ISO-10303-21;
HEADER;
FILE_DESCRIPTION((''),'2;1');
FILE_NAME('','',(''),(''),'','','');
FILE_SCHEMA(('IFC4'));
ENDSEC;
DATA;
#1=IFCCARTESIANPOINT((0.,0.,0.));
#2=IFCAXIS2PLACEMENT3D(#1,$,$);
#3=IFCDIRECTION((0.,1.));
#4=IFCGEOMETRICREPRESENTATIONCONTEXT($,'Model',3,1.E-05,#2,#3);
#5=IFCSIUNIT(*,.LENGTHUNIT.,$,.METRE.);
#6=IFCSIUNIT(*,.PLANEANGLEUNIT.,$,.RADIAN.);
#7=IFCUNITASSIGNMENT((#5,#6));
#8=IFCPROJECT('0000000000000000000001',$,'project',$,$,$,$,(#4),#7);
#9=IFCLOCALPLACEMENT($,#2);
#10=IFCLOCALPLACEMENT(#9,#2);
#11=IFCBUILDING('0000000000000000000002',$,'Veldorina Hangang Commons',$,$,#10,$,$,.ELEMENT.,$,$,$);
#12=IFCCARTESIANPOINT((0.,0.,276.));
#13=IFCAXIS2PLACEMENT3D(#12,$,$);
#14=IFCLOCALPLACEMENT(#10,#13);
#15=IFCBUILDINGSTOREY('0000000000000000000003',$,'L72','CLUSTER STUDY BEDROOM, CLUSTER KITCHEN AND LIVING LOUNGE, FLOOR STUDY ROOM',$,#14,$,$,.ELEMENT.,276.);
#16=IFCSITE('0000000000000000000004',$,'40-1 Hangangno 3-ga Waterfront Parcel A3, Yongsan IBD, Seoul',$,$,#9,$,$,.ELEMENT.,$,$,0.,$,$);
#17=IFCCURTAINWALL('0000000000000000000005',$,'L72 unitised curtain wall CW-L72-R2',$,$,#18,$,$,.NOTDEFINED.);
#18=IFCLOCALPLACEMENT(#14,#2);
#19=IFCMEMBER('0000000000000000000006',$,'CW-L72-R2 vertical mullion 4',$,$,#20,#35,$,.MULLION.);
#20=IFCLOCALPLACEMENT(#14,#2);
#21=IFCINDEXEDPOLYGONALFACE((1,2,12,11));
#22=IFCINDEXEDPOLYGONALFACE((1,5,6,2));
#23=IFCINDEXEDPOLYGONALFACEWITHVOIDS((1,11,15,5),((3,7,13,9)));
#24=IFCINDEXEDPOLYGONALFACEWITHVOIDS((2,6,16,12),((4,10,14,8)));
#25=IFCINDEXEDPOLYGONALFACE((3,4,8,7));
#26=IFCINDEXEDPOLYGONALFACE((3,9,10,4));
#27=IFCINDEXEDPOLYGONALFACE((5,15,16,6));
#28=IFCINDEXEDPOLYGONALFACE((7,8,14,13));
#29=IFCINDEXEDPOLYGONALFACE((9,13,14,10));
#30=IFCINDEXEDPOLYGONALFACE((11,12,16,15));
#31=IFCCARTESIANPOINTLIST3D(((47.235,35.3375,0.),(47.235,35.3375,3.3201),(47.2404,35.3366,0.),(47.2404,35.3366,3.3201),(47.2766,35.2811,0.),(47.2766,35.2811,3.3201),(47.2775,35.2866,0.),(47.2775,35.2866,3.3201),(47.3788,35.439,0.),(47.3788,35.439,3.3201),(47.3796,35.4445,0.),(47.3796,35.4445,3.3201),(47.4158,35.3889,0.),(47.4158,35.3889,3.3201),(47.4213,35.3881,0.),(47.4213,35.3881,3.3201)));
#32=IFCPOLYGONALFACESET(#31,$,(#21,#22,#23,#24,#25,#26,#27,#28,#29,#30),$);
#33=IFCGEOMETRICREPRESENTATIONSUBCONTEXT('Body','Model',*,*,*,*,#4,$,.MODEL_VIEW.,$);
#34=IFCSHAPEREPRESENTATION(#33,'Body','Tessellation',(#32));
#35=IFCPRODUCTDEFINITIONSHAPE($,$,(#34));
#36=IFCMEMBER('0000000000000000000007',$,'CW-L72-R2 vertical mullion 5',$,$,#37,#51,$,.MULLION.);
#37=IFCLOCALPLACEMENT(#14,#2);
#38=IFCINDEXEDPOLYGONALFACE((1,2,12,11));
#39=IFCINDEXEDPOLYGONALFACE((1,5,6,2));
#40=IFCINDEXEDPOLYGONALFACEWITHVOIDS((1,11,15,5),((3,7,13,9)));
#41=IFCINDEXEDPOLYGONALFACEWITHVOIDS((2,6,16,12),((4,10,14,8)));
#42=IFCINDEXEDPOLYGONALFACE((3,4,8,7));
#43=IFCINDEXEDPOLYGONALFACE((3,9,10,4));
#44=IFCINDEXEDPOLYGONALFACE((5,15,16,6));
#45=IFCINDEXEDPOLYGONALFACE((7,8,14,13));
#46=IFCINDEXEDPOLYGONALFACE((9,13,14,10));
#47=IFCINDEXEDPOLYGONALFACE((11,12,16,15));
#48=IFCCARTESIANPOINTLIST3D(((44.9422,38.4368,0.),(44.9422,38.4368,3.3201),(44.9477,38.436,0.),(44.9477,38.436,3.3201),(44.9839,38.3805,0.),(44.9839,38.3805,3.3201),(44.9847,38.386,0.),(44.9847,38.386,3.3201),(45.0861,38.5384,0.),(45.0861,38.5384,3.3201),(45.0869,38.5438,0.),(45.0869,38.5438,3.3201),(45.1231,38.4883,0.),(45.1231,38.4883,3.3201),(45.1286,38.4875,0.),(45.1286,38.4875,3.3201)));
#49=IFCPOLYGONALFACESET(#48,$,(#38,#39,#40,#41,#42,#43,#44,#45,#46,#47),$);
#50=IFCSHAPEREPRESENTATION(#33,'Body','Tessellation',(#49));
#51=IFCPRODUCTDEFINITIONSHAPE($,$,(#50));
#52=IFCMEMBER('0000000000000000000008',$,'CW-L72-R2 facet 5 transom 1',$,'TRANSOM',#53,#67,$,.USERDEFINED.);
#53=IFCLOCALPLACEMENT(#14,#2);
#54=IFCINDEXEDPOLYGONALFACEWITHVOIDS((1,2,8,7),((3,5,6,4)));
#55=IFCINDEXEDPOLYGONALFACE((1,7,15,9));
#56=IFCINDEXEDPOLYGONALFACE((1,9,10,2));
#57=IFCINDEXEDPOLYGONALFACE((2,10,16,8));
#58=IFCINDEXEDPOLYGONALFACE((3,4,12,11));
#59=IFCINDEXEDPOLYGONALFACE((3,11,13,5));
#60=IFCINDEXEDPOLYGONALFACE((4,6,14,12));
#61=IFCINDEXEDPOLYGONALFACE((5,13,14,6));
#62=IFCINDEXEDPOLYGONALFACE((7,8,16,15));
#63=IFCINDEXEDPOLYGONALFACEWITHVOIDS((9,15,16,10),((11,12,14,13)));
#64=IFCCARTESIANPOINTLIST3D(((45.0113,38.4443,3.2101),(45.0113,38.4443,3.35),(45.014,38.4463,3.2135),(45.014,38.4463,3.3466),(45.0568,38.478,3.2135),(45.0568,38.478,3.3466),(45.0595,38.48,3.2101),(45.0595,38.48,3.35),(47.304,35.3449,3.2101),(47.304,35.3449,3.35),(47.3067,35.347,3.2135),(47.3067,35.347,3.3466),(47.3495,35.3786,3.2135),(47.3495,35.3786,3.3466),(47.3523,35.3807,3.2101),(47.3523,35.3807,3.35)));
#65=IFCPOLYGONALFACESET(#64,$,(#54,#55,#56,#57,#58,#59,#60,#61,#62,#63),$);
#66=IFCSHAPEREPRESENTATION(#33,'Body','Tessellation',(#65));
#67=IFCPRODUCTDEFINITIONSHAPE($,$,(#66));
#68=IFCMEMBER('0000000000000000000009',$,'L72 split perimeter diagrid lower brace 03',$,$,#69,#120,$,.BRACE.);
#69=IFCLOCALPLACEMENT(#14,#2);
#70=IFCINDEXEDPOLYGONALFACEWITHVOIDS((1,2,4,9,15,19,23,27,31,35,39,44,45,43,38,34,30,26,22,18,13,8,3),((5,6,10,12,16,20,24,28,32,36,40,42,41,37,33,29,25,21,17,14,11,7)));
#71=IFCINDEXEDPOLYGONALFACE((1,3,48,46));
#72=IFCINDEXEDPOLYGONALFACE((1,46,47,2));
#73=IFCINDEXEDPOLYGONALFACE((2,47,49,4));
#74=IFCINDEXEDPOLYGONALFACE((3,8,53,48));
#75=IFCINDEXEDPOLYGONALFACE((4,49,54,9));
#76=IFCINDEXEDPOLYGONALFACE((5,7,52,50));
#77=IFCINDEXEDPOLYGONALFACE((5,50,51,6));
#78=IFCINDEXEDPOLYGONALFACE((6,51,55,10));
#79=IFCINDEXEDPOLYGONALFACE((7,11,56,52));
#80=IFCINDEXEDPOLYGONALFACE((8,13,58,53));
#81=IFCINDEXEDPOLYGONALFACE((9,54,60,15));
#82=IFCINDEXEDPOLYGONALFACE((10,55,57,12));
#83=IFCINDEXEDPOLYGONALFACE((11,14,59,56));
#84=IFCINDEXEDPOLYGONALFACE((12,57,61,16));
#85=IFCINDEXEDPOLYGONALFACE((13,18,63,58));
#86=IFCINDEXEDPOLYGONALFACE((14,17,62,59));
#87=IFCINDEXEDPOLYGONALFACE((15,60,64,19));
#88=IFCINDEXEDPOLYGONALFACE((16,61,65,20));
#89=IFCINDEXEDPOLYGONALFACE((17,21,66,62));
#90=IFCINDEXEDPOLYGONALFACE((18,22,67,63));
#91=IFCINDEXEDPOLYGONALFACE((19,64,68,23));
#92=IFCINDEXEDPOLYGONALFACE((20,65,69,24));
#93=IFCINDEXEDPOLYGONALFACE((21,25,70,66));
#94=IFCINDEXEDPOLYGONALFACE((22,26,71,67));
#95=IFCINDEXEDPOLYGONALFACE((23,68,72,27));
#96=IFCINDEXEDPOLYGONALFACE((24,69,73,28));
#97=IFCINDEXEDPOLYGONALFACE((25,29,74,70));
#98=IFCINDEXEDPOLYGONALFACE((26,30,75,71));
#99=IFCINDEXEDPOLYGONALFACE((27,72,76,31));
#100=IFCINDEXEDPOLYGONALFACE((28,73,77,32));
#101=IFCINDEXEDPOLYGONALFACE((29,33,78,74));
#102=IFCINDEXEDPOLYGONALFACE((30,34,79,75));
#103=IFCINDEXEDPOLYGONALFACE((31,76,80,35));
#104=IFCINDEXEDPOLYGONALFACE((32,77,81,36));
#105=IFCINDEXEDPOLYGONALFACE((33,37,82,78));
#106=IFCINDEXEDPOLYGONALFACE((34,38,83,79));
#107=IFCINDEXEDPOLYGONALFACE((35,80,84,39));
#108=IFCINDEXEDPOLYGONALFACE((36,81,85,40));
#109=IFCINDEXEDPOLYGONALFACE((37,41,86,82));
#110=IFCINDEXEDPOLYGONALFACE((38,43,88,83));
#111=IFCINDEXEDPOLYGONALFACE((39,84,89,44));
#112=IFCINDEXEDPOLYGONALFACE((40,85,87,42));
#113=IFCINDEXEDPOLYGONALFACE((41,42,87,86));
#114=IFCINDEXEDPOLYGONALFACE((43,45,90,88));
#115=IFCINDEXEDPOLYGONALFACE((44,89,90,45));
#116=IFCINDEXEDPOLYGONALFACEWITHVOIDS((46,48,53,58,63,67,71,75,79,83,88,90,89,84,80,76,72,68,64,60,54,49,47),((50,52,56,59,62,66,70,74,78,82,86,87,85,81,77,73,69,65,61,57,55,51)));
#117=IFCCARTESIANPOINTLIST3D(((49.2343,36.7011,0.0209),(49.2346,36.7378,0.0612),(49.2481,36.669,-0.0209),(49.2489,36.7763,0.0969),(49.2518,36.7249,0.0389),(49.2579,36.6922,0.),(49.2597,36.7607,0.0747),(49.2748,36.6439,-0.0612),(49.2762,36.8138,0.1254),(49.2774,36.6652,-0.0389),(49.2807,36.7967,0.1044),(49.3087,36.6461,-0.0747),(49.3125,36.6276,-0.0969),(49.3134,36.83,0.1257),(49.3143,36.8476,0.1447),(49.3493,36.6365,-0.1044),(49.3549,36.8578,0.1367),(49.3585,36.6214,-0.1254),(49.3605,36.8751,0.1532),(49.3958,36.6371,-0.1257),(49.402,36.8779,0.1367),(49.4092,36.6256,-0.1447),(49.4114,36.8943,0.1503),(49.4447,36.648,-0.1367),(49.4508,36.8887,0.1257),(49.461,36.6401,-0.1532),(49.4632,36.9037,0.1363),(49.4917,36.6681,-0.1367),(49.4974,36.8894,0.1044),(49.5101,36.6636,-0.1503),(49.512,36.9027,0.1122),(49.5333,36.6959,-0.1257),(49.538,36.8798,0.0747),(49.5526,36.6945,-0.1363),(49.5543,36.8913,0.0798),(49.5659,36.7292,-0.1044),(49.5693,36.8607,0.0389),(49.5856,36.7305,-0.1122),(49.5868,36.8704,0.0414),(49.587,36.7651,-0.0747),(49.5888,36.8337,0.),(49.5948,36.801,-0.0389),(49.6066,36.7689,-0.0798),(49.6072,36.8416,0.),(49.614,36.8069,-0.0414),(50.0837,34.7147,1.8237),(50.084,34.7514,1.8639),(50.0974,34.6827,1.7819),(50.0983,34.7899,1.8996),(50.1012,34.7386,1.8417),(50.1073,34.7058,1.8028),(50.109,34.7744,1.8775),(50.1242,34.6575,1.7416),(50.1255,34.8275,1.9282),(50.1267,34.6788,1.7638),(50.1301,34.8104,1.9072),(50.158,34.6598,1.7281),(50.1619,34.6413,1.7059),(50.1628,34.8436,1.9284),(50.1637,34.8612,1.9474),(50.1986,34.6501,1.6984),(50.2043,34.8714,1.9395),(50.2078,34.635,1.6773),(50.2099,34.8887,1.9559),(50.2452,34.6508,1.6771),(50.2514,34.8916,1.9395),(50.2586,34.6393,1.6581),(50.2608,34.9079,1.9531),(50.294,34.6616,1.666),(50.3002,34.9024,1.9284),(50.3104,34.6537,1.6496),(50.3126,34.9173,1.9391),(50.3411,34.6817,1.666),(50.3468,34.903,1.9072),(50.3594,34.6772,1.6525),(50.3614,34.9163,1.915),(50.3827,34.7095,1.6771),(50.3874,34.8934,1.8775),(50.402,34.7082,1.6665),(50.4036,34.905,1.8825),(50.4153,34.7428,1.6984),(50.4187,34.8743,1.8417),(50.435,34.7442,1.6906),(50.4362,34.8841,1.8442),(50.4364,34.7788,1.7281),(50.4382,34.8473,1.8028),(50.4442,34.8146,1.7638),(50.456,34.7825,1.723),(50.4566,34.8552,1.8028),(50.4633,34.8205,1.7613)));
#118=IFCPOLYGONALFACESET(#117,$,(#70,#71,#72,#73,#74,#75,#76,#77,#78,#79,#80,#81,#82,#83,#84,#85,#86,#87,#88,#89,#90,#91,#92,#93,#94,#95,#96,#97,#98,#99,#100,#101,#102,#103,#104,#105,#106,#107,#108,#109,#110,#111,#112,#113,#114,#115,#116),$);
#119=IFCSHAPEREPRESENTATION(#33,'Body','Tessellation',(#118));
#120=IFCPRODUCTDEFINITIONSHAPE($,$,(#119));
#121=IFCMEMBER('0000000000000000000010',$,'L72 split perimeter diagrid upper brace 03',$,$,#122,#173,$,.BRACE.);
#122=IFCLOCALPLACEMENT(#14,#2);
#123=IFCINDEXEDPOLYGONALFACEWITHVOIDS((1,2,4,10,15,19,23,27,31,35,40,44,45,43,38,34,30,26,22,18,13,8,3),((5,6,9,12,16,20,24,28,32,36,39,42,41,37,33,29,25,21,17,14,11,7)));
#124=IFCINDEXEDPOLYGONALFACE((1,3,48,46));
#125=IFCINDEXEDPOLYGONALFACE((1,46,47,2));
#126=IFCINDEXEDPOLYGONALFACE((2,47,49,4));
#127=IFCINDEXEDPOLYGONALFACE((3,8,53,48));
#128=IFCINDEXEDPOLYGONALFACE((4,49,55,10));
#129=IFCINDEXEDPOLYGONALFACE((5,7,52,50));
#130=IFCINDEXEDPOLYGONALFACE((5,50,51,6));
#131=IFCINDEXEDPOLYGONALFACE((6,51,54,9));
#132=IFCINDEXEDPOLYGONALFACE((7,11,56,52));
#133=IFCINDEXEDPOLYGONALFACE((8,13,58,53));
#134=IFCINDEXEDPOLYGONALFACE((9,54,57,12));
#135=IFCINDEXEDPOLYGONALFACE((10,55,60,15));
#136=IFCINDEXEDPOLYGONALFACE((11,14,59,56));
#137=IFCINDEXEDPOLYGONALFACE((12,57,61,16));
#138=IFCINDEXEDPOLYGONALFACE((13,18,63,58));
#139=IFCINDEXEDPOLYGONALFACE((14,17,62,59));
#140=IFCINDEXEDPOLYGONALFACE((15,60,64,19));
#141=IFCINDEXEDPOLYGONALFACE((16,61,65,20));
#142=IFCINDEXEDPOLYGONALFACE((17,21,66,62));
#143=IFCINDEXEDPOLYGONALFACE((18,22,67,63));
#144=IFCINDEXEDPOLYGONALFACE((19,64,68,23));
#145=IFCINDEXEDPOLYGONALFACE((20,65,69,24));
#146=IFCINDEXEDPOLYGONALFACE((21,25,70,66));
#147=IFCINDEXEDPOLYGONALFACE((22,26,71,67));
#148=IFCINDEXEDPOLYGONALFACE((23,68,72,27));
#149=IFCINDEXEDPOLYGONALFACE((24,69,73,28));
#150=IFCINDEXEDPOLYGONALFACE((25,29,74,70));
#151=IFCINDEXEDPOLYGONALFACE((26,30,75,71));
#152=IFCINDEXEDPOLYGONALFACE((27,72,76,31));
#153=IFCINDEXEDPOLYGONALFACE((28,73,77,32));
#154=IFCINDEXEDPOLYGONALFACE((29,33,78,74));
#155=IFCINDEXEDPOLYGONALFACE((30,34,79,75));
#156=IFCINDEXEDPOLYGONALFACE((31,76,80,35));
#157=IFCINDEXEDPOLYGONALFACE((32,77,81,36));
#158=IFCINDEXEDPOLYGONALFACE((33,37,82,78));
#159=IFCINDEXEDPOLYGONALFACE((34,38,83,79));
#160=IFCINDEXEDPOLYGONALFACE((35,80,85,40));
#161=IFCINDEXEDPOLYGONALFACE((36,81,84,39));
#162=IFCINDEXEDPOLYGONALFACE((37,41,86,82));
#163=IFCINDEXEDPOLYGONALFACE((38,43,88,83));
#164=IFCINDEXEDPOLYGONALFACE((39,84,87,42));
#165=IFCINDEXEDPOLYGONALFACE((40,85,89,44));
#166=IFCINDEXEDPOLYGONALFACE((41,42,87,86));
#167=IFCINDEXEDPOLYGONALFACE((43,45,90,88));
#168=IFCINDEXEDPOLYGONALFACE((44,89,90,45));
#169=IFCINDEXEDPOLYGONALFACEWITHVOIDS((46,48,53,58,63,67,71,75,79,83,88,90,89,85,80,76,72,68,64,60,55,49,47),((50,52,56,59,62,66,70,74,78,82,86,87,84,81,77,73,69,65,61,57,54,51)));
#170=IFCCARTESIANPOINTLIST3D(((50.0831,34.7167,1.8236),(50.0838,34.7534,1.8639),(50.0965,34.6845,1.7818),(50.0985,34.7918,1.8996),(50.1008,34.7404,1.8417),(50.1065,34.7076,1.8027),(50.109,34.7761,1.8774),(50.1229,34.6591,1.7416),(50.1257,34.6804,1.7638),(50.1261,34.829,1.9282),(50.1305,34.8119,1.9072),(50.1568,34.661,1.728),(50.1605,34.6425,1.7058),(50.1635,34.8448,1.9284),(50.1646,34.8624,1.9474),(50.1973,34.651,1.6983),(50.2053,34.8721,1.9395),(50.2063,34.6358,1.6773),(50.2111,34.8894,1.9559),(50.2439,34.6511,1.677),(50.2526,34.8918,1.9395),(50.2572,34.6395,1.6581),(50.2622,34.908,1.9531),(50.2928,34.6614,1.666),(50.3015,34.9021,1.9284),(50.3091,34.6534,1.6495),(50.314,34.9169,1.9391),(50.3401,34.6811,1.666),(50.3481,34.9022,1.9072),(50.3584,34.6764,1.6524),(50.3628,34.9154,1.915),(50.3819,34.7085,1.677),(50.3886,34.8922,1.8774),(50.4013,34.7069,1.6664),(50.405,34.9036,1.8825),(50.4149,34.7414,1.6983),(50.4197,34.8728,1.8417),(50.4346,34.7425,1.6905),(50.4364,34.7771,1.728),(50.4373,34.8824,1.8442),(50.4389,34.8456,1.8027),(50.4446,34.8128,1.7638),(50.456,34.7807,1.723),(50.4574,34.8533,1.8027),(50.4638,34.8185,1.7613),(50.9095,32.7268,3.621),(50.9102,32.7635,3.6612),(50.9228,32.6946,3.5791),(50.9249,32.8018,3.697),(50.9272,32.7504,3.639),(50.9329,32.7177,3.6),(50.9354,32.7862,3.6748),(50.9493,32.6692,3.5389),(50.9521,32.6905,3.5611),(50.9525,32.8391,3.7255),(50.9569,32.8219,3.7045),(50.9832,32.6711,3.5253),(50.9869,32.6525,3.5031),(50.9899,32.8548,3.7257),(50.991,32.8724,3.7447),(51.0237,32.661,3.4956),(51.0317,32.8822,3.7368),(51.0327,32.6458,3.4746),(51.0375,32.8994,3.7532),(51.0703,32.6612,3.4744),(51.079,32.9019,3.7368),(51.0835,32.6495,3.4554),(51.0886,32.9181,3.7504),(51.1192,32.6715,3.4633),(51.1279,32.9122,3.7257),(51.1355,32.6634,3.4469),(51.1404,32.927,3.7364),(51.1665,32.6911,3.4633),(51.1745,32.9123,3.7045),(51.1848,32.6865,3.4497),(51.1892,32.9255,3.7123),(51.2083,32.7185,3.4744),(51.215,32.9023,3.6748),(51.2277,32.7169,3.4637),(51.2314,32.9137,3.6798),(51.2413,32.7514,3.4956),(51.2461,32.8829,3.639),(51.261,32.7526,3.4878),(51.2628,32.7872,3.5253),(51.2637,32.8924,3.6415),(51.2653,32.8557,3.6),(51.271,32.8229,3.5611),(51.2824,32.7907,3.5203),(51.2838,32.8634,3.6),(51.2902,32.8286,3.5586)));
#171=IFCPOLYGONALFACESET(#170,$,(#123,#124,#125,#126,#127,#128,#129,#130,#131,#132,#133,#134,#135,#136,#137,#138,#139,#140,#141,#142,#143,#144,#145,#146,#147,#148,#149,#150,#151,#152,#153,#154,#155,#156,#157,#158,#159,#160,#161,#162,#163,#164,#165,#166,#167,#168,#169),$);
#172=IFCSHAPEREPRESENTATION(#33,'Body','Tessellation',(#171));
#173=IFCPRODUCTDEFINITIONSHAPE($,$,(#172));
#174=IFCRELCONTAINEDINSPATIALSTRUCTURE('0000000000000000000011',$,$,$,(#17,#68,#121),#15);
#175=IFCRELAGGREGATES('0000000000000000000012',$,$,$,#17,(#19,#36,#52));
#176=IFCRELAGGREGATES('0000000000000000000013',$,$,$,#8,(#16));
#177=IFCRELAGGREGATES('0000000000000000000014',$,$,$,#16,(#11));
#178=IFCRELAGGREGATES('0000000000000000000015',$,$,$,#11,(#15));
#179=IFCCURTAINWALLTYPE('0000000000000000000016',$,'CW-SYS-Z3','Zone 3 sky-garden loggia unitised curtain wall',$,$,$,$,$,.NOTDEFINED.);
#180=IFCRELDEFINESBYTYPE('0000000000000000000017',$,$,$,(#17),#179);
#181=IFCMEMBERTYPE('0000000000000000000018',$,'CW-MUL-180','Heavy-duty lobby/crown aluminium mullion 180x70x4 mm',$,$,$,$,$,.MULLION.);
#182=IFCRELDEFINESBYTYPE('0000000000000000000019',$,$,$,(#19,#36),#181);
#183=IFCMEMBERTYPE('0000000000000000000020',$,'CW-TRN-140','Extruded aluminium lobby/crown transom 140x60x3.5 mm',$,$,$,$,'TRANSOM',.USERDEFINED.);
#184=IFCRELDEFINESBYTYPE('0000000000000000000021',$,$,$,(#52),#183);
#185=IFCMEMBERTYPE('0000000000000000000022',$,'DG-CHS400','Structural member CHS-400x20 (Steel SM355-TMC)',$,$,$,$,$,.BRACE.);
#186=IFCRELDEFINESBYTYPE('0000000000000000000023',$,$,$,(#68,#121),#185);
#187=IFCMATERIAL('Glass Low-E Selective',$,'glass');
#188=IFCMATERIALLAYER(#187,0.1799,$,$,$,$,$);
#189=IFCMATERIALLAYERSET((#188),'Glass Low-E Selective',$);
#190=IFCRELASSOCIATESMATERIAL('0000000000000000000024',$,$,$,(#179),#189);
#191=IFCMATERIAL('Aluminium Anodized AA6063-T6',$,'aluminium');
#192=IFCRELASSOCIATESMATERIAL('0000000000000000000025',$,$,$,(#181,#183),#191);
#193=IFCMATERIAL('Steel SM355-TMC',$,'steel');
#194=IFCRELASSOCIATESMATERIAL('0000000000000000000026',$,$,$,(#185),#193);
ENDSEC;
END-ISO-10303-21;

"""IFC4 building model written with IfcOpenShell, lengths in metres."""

from ifc_helpers import new_model, si_unit, direction, frame, origin, origin_2d, place, context, subcontext, project, spatial, hollow_rectangle, hollow_circle, extrude, material, layer, layer_set, material_profile, profile_set, type_object, element, aggregate, save


model = new_model("IFC4")

# Units and contexts
model_context = context("Model", 3, precision=1e-05, world=origin(), true_north=direction((0.0, 1.0)))
body_context = subcontext(model_context, "Body", "Model", "MODEL_VIEW")
ifc_project = project(units=[si_unit("LENGTHUNIT", "METRE"), si_unit("PLANEANGLEUNIT", "RADIAN")], contexts=[model_context])

# Site, building, storey
site_placement = place(None, origin())
site = spatial("IfcSite", under=ifc_project, at=site_placement, Name="40-1 Hangangno 3-ga Waterfront Parcel A3, Yongsan IBD, Seoul", CompositionType="ELEMENT", RefElevation=0.0)
building_placement = place(site_placement, origin())
building = spatial("IfcBuilding", under=site, at=building_placement, Name="Veldorina Hangang Commons", CompositionType="ELEMENT")
storey_placement = place(building_placement, frame((0.0, 0.0, 276.0)))
storey = spatial("IfcBuildingStorey", under=building, at=storey_placement, Name="L72", Description="CLUSTER STUDY BEDROOM, CLUSTER KITCHEN AND LIVING LOUNGE, FLOOR STUDY ROOM", CompositionType="ELEMENT", Elevation=276.0)

# Shared definitions
ifc_material_1 = material(Name="Steel SM355-TMC", Category="steel")

# Curtain wall, members
ifc_material_2 = material(Name="Glass Low-E Selective", Category="glass")
ifc_layer_1 = layer(ifc_material_2, 0.1799)
ifc_layer_set_1 = layer_set([ifc_layer_1], Name="Glass Low-E Selective")
curtain_wall_type = type_object("IfcCurtainWallType", Name="CW-SYS-Z3", Description="Zone 3 sky-garden loggia unitised curtain wall", PredefinedType="NOTDEFINED", material=ifc_layer_set_1)
curtain_wall_placement = place(storey_placement, origin())
curtain_wall = element("IfcCurtainWall", 1, at=curtain_wall_placement, inside=storey, type_object=curtain_wall_type, Name="L72 unitised curtain wall CW-L72-R2", PredefinedType="NOTDEFINED")
ifc_material_3 = material(Name="Aluminium Anodized AA6063-T6", Category="aluminium")
ifc_material_profile_1 = material_profile(ifc_material_3, hollow_rectangle(XDim=0.0701, YDim=0.1799, WallThickness=0.0039, at=origin_2d()), Name="ALU-RHS-180x70x4")
ifc_profile_set_1 = profile_set([ifc_material_profile_1], Name="Aluminium Anodized AA6063-T6")
member_type_1 = type_object("IfcMemberType", Name="CW-MUL-180", Description="Heavy-duty lobby/crown aluminium mullion 180x70x4 mm", PredefinedType="MULLION", material=ifc_profile_set_1)
member_1_placement = place(storey_placement, frame((47.3281, 35.3628, 0.0), z_axis=(0.0, 0.0, 1.0), x_axis=(-0.594711, 0.80394, 0.0)))
member_1 = element("IfcMember", 2, at=member_1_placement, type_object=member_type_1, Name="CW-L72-R2 vertical mullion 4", PredefinedType="MULLION", context=body_context, shape_type="SweptSolid", body=[
    extrude(hollow_rectangle(XDim=0.0701, YDim=0.1799, WallThickness=0.0039, at=origin_2d()), origin(), (0.0, 0.0, 1.0), 3.3201),
])
member_2_placement = place(storey_placement, frame((45.0354, 38.4622, 0.0), z_axis=(0.0, 0.0, 1.0), x_axis=(0.594711, -0.80394, 0.0)))
member_2 = element("IfcMember", 3, at=member_2_placement, type_object=member_type_1, Name="CW-L72-R2 vertical mullion 5", PredefinedType="MULLION", context=body_context, shape_type="SweptSolid", body=[
    extrude(hollow_rectangle(XDim=0.0701, YDim=0.1799, WallThickness=0.0039, at=origin_2d()), origin(), (0.0, 0.0, 1.0), 3.3201),
])
ifc_material_profile_2 = material_profile(ifc_material_3, hollow_rectangle(XDim=0.0601, YDim=0.1399, WallThickness=0.0034, at=origin_2d()), Name="ALU-RHS-140x60x3.5")
ifc_profile_set_2 = profile_set([ifc_material_profile_2], Name="Aluminium Anodized AA6063-T6")
member_type_2 = type_object("IfcMemberType", Name="CW-TRN-140", Description="Extruded aluminium lobby/crown transom 140x60x3.5 mm", ElementType="TRANSOM", PredefinedType="USERDEFINED", material=ifc_profile_set_2)
member_3_placement = place(storey_placement, frame((47.3281, 35.3628, 3.28), z_axis=(-0.594708, 0.803942, 0.0), x_axis=(-0.803942, -0.594708, 0.0)))
member_3 = element("IfcMember", 4, at=member_3_placement, type_object=member_type_2, Name="CW-L72-R2 facet 5 transom 1", ObjectType="TRANSOM", PredefinedType="USERDEFINED", context=body_context, shape_type="SweptSolid", body=[
    extrude(hollow_rectangle(XDim=0.0601, YDim=0.1399, WallThickness=0.0034, at=origin_2d()), origin(), (0.0, 0.0, 1.0), 3.8552),
])

# Members
ifc_material_profile_3 = material_profile(ifc_material_1, hollow_circle(Radius=0.2, WallThickness=0.02, at=origin_2d()), Name="CHS-400x20")
ifc_profile_set_3 = profile_set([ifc_material_profile_3], Name="Steel SM355-TMC")
member_type_3 = type_object("IfcMemberType", Name="DG-CHS400", Description="Structural member CHS-400x20 (Steel SM355-TMC)", PredefinedType="BRACE", material=ifc_profile_set_3)
member_4_placement = place(storey_placement, frame((49.4233, 36.7629, 0.0), z_axis=(0.30187, -0.705955, 0.640704), x_axis=(0.919466, 0.393169, 0.0)))
element("IfcMember", 5, at=member_4_placement, inside=storey, type_object=member_type_3, Name="L72 split perimeter diagrid lower brace 03", PredefinedType="BRACE", context=body_context, shape_type="SweptSolid", body=[
    extrude(hollow_circle(Radius=0.2, WallThickness=0.02, at=origin_2d()), origin(), (0.0, 0.0, 1.0), 2.8137),
])
member_5_placement = place(storey_placement, frame((50.2727, 34.7766, 1.8027), z_axis=(0.294519, -0.709195, 0.640547), x_axis=(0.923529, 0.383529, 0.0)))
element("IfcMember", 6, at=member_5_placement, inside=storey, type_object=member_type_3, Name="L72 split perimeter diagrid upper brace 03", PredefinedType="BRACE", context=body_context, shape_type="SweptSolid", body=[
    extrude(hollow_circle(Radius=0.2, WallThickness=0.02, at=origin_2d()), origin(), (0.0, 0.0, 1.0), 2.8059),
])

aggregate(curtain_wall, [member_1, member_2, member_3])

save(model, "model.ifc")
